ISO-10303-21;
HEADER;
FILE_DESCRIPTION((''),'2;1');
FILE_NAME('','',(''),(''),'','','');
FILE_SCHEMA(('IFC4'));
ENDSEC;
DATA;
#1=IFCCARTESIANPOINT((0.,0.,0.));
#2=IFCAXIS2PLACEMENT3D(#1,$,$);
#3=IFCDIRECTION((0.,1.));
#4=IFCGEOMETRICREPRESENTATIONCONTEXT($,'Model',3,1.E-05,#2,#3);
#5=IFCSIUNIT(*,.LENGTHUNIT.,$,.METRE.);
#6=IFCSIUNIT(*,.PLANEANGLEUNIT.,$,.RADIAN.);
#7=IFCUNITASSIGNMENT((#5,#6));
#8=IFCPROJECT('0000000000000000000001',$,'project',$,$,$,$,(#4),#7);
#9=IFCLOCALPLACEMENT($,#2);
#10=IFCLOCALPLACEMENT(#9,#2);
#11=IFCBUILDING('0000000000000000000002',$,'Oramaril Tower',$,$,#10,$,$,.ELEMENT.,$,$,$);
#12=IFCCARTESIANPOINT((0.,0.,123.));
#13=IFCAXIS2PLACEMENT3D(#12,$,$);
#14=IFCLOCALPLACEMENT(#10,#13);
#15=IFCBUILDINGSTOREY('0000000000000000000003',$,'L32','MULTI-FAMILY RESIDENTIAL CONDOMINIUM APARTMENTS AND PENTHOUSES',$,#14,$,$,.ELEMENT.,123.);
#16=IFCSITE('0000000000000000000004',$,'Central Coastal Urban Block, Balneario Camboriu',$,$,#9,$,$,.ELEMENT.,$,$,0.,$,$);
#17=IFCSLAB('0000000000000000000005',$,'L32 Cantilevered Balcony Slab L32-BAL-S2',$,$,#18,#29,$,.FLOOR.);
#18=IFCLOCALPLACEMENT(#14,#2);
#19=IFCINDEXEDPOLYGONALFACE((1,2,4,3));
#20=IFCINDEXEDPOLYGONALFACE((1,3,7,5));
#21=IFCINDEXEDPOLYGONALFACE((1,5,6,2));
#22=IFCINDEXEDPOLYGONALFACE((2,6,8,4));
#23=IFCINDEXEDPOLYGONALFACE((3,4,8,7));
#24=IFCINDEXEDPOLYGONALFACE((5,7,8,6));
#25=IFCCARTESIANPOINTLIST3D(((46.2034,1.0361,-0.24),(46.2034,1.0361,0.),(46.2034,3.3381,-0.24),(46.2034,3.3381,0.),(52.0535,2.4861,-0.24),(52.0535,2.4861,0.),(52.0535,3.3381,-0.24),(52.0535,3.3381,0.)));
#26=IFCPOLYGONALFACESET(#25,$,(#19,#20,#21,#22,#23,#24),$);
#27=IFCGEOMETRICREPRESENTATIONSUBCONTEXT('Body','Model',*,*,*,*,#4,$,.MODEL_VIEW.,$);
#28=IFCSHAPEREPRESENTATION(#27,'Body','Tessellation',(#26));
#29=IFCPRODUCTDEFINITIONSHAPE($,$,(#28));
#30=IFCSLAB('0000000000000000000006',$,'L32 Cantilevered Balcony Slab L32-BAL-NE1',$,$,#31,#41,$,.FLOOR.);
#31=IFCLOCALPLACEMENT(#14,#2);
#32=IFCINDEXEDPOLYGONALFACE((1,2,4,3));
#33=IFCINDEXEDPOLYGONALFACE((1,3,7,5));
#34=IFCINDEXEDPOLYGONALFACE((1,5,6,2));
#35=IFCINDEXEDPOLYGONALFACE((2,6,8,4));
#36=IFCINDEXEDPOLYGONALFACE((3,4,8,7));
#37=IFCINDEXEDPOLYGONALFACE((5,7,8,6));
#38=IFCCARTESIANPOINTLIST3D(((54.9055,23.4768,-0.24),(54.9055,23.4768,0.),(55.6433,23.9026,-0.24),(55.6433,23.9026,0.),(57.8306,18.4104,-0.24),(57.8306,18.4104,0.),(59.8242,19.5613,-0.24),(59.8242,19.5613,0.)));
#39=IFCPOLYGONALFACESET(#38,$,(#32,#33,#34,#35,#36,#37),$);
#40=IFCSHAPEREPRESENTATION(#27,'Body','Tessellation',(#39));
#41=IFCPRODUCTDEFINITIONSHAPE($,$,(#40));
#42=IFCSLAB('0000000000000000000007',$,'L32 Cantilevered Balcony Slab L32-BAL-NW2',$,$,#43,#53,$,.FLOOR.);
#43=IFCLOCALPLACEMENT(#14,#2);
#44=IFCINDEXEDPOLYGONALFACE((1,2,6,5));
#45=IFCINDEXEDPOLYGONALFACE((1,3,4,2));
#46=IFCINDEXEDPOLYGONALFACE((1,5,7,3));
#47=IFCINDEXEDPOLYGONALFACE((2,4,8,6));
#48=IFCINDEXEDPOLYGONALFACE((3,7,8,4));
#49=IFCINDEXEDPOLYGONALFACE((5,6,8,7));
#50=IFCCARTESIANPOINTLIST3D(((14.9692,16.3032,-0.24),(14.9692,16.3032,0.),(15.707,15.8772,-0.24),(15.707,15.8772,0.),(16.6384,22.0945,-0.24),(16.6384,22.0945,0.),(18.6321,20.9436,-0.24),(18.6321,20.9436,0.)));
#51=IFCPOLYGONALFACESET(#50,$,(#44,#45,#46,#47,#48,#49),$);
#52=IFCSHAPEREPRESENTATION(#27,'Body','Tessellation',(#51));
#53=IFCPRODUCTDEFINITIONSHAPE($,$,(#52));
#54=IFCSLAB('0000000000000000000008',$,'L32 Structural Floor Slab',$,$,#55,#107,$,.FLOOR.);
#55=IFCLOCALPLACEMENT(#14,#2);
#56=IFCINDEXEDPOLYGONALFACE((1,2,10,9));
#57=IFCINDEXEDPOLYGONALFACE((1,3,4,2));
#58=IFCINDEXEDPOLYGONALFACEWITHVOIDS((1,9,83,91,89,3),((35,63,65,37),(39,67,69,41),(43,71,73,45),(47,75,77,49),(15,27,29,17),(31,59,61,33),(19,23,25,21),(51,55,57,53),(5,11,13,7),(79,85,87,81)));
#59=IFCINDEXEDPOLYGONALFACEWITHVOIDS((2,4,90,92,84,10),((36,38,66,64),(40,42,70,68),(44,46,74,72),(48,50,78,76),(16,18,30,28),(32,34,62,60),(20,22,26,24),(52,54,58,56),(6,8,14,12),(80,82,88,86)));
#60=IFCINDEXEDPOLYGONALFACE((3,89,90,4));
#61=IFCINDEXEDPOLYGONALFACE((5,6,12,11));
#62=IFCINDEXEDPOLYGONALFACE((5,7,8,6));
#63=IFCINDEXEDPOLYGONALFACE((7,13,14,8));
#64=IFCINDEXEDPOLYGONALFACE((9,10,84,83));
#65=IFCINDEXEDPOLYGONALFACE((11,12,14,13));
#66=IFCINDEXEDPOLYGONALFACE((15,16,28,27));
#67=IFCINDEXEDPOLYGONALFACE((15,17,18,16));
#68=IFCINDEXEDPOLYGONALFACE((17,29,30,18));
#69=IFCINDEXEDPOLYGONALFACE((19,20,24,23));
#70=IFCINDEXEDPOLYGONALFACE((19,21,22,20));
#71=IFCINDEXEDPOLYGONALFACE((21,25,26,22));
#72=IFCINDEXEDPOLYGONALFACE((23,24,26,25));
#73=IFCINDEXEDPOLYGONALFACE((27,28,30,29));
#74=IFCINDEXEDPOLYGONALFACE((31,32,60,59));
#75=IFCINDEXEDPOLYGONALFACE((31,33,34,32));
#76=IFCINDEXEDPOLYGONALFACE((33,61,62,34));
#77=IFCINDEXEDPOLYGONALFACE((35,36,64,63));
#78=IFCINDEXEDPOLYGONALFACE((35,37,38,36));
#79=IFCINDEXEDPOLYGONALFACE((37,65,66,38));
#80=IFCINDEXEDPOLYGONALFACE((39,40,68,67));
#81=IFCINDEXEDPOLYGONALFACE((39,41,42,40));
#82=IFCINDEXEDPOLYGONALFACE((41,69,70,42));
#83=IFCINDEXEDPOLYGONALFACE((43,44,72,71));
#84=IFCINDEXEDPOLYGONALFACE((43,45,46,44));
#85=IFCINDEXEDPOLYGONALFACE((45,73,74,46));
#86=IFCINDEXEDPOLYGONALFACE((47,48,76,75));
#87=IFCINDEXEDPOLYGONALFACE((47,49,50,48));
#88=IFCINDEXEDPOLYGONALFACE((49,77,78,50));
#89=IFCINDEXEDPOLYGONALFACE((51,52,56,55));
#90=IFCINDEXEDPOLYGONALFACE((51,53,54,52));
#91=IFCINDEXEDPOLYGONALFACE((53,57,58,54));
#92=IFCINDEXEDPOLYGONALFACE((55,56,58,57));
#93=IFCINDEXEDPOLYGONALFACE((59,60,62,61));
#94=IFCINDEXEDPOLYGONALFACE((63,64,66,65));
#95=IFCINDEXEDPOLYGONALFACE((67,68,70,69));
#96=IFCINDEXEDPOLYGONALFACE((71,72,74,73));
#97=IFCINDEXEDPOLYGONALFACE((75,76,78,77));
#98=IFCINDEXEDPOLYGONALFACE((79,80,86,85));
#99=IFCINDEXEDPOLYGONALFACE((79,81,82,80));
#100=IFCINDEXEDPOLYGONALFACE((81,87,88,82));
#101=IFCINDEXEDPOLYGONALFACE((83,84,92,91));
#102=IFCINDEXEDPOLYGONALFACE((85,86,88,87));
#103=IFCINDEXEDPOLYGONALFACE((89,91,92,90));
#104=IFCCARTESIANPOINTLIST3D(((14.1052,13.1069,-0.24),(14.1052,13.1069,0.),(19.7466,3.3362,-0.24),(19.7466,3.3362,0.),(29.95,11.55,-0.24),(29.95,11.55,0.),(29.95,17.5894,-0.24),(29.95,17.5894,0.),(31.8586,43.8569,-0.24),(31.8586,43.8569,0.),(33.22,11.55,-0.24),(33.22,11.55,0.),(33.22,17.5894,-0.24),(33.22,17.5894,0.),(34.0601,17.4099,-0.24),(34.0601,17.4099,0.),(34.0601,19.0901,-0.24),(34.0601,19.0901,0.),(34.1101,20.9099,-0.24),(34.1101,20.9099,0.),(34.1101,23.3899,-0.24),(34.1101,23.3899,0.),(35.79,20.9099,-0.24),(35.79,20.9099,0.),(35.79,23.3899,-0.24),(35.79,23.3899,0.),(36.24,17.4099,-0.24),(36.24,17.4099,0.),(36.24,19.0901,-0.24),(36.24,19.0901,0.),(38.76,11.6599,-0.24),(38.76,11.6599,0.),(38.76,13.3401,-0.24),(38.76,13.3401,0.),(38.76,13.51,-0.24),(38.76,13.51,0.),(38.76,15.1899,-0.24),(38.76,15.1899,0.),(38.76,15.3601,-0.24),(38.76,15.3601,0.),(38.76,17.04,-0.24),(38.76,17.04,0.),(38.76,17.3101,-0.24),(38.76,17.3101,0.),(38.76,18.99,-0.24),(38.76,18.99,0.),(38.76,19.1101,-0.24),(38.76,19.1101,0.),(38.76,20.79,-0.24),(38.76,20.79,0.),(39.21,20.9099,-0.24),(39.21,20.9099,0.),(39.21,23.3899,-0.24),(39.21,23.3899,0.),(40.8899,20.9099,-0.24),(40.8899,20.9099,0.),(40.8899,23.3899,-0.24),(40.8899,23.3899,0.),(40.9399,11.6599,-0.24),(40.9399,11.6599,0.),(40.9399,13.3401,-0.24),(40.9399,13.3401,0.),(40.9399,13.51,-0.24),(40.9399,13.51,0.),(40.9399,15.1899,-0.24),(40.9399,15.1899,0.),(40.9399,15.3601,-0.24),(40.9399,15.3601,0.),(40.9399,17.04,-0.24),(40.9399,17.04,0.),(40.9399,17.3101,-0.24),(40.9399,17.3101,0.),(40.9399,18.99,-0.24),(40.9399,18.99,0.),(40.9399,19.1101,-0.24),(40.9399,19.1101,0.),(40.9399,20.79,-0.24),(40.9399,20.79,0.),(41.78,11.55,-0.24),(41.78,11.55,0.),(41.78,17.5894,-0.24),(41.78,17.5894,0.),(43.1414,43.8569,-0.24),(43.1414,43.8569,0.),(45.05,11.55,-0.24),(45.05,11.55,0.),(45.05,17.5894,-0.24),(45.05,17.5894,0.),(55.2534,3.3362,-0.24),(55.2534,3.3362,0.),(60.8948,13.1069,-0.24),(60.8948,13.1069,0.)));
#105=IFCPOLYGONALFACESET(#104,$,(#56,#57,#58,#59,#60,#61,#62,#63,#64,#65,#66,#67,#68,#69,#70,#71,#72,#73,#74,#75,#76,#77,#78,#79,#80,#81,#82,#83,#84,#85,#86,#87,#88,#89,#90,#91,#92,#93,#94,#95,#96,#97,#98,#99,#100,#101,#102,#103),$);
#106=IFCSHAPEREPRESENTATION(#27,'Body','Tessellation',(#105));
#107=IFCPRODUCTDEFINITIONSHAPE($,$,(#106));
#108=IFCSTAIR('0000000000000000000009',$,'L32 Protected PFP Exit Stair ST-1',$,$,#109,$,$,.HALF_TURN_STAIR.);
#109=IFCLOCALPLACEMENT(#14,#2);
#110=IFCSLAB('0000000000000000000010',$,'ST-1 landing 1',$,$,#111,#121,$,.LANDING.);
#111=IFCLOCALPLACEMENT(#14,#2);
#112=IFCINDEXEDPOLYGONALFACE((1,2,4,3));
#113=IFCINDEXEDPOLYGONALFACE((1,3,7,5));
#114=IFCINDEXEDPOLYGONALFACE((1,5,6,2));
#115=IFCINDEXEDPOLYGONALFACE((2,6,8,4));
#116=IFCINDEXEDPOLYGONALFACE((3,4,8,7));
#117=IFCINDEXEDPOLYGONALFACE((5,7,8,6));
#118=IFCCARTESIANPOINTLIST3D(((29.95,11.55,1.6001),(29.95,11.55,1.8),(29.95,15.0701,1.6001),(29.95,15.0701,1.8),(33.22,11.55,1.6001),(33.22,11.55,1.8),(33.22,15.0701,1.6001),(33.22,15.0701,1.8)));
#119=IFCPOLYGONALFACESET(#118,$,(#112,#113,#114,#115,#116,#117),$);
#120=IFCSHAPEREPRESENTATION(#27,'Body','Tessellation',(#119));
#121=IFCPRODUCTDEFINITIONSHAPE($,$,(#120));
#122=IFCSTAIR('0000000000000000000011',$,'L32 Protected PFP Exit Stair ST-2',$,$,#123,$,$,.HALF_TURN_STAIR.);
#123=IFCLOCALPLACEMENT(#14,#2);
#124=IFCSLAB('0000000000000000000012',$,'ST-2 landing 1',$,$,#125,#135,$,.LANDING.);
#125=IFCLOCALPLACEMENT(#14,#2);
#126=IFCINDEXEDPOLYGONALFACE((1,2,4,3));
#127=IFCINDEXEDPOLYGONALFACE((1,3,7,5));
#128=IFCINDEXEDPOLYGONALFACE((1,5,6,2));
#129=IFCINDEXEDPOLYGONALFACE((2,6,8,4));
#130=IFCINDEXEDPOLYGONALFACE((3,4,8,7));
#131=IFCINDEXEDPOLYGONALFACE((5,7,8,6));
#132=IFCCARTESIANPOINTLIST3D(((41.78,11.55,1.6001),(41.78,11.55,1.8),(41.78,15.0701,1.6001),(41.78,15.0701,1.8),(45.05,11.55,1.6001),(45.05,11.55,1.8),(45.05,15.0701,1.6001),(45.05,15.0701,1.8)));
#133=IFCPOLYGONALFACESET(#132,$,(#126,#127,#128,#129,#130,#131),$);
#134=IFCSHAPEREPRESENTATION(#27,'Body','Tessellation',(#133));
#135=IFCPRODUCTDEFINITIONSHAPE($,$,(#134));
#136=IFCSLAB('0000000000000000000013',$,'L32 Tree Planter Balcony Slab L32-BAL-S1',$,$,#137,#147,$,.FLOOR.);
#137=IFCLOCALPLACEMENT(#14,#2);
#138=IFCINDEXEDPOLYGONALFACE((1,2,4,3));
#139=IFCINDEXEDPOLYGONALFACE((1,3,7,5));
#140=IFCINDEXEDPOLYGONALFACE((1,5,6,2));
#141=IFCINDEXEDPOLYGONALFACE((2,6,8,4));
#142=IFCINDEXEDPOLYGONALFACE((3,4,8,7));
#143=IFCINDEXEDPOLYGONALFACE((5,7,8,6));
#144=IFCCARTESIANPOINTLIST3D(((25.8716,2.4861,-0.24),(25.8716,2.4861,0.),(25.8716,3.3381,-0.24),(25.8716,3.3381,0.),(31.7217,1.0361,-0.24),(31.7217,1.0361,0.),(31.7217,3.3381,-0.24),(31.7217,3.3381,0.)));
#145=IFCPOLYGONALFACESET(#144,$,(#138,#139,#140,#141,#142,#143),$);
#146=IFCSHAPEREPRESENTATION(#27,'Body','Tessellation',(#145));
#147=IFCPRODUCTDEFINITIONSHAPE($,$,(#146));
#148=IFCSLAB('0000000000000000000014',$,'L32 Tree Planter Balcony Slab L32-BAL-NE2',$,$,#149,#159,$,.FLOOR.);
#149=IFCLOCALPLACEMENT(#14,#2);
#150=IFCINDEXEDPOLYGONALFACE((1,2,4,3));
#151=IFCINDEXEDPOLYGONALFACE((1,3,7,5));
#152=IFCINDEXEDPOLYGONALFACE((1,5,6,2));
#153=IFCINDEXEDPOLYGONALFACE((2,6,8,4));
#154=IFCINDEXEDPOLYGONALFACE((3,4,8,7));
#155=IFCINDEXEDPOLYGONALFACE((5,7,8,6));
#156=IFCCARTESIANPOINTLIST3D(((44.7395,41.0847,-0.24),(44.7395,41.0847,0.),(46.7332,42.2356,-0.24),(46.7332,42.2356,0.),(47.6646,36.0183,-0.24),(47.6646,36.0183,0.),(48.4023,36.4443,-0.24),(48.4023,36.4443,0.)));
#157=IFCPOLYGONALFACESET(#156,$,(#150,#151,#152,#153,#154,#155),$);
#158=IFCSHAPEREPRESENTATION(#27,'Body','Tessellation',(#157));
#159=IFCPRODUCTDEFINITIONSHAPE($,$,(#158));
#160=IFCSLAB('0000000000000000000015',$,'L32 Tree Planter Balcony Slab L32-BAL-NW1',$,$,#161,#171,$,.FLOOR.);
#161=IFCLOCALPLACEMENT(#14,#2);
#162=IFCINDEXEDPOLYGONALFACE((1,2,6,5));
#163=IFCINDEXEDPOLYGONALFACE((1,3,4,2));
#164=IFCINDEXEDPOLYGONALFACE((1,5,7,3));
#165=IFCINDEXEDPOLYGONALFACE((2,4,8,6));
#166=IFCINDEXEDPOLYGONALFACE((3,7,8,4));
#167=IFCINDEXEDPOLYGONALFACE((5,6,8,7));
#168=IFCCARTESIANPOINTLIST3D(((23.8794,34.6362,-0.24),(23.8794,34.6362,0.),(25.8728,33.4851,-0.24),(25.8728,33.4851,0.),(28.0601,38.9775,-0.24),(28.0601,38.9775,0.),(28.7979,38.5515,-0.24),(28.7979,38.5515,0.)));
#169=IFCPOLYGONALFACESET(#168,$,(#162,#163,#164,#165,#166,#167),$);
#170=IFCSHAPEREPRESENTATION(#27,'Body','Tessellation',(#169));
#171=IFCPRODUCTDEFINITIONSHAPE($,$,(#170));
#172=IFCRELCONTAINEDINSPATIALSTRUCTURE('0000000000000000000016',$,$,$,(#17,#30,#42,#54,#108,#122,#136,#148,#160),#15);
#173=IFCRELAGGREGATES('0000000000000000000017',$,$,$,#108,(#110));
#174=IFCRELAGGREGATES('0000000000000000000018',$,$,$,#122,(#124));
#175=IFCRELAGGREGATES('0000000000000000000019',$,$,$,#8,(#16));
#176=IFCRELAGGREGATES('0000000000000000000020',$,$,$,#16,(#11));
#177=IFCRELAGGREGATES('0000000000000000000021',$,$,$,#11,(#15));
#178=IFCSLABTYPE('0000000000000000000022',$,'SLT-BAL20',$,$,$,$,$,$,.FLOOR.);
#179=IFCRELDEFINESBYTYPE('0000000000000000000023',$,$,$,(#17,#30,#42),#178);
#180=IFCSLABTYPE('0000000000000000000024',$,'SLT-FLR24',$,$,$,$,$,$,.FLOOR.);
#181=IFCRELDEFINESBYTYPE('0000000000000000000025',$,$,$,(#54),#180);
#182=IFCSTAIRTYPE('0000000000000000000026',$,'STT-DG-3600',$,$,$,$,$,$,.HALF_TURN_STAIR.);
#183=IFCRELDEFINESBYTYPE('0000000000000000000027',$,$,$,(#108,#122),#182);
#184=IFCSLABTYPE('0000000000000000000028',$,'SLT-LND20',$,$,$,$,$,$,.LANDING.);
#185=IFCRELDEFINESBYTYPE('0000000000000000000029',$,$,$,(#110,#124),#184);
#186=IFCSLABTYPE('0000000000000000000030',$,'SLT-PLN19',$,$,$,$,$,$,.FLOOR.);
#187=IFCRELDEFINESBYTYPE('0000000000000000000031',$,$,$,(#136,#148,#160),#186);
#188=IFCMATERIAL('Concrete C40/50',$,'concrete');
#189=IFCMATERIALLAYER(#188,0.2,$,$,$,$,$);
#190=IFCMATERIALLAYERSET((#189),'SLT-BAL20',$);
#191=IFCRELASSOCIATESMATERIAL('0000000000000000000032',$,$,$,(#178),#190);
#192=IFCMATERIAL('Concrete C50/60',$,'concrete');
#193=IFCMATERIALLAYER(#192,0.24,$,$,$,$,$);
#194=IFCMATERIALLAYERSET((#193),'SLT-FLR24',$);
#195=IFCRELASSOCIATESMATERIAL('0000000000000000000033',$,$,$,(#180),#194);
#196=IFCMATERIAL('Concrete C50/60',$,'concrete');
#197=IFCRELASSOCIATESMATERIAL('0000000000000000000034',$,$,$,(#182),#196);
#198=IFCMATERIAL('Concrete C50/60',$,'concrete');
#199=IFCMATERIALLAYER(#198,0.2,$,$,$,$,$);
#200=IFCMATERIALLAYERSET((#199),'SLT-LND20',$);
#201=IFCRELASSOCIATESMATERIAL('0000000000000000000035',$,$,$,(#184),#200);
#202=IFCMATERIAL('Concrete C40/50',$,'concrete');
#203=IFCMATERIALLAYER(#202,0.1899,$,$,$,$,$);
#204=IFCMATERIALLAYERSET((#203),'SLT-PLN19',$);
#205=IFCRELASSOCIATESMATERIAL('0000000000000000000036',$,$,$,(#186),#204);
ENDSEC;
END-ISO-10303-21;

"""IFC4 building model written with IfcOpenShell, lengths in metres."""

from ifc_helpers import new_model, si_unit, direction, frame, origin, place, context, subcontext, project, spatial, polyline, outline, extrude, material, layer, layer_set, type_object, element, aggregate, save


model = new_model("IFC4")

# Units and contexts
model_context = context("Model", 3, precision=1e-05, world=origin(), true_north=direction((0.0, 1.0)))
body_context = subcontext(model_context, "Body", "Model", "MODEL_VIEW")
ifc_project = project(units=[si_unit("LENGTHUNIT", "METRE"), si_unit("PLANEANGLEUNIT", "RADIAN")], contexts=[model_context])

# Site, building, storey
site_placement = place(None, origin())
site = spatial("IfcSite", under=ifc_project, at=site_placement, Name="Central Coastal Urban Block, Balneario Camboriu", CompositionType="ELEMENT", RefElevation=0.0)
building_placement = place(site_placement, origin())
building = spatial("IfcBuilding", under=site, at=building_placement, Name="Oramaril Tower", CompositionType="ELEMENT")
storey_placement = place(building_placement, frame((0.0, 0.0, 123.0)))
storey = spatial("IfcBuildingStorey", under=building, at=storey_placement, Name="L32", Description="MULTI-FAMILY RESIDENTIAL CONDOMINIUM APARTMENTS AND PENTHOUSES", CompositionType="ELEMENT", Elevation=123.0)

# Slabs
ifc_material_1 = material(Name="Concrete C40/50", Category="concrete")
ifc_layer_1 = layer(ifc_material_1, 0.2)
ifc_layer_set_1 = layer_set([ifc_layer_1], Name="SLT-BAL20")
slab_type_1 = type_object("IfcSlabType", Name="SLT-BAL20", PredefinedType="FLOOR", material=ifc_layer_set_1)
slab_1_placement = place(storey_placement, frame((0.0, 0.0, -0.24)))
element("IfcSlab", 1, at=slab_1_placement, inside=storey, type_object=slab_type_1, Name="L32 Cantilevered Balcony Slab L32-BAL-S2", PredefinedType="FLOOR", context=body_context, shape_type="SweptSolid", body=[
    extrude(outline(polyline([(46.2034, 3.3381), (52.0535, 3.3381), (52.0535, 2.4861), (46.2034, 1.0361), (46.2034, 3.3381)])), origin(), (0.0, 0.0, 1.0), 0.24),
])
slab_2_placement = place(storey_placement, frame((0.0, 0.0, -0.24)))
element("IfcSlab", 2, at=slab_2_placement, inside=storey, type_object=slab_type_1, Name="L32 Cantilevered Balcony Slab L32-BAL-NE1", PredefinedType="FLOOR", context=body_context, shape_type="SweptSolid", body=[
    extrude(outline(polyline([(57.8306, 18.4104), (54.9055, 23.4768), (55.6433, 23.9026), (59.8242, 19.5613), (57.8306, 18.4104)])), origin(), (0.0, 0.0, 1.0), 0.24),
])
slab_3_placement = place(storey_placement, frame((0.0, 0.0, -0.24)))
element("IfcSlab", 3, at=slab_3_placement, inside=storey, type_object=slab_type_1, Name="L32 Cantilevered Balcony Slab L32-BAL-NW2", PredefinedType="FLOOR", context=body_context, shape_type="SweptSolid", body=[
    extrude(outline(polyline([(18.6321, 20.9436), (15.707, 15.8772), (14.9692, 16.3032), (16.6384, 22.0945), (18.6321, 20.9436)])), origin(), (0.0, 0.0, 1.0), 0.24),
])
ifc_material_2 = material(Name="Concrete C50/60", Category="concrete")
ifc_layer_2 = layer(ifc_material_2, 0.24)
ifc_layer_set_2 = layer_set([ifc_layer_2], Name="SLT-FLR24")
slab_type_2 = type_object("IfcSlabType", Name="SLT-FLR24", PredefinedType="FLOOR", material=ifc_layer_set_2)
slab_4_placement = place(storey_placement, frame((0.0, 0.0, -0.24)))
element("IfcSlab", 4, at=slab_4_placement, inside=storey, type_object=slab_type_2, Name="L32 Structural Floor Slab", PredefinedType="FLOOR", context=body_context, shape_type="SweptSolid", body=[
    extrude(outline(polyline([(14.1052, 13.1069), (19.7466, 3.3362), (55.2534, 3.3362), (60.8948, 13.1069), (43.1414, 43.8569), (31.8586, 43.8569), (14.1052, 13.1069)]), holes=[polyline([(29.95, 17.5894), (29.95, 11.55), (33.22, 11.55), (33.22, 17.5894), (29.95, 17.5894)]), polyline([(41.78, 17.5894), (41.78, 11.55), (45.05, 11.55), (45.05, 17.5894), (41.78, 17.5894)]), polyline([(34.1101, 20.9099), (35.79, 20.9099), (35.79, 23.3899), (34.1101, 23.3899), (34.1101, 20.9099)]), polyline([(39.21, 20.9099), (40.8899, 20.9099), (40.8899, 23.3899), (39.21, 23.3899), (39.21, 20.9099)]), polyline([(38.76, 11.6599), (40.9399, 11.6599), (40.9399, 13.3401), (38.76, 13.3401), (38.76, 11.6599)]), polyline([(38.76, 13.51), (40.9399, 13.51), (40.9399, 15.1899), (38.76, 15.1899), (38.76, 13.51)]), polyline([(38.76, 15.3601), (40.9399, 15.3601), (40.9399, 17.04), (38.76, 17.04), (38.76, 15.3601)]), polyline([(34.0601, 17.4099), (36.24, 17.4099), (36.24, 19.0901), (34.0601, 19.0901), (34.0601, 17.4099)]), polyline([(38.76, 17.3101), (40.9399, 17.3101), (40.9399, 18.99), (38.76, 18.99), (38.76, 17.3101)]), polyline([(38.76, 19.1101), (40.9399, 19.1101), (40.9399, 20.79), (38.76, 20.79), (38.76, 19.1101)])]), origin(), (0.0, 0.0, 1.0), 0.24),
])

# Stairs, slabs
ifc_material_3 = material(Name="Concrete C50/60", Category="concrete")
stair_type = type_object("IfcStairType", Name="STT-DG-3600", PredefinedType="HALF_TURN_STAIR", material=ifc_material_3)
stair_1_placement = place(storey_placement, origin())
stair_1 = element("IfcStair", 5, at=stair_1_placement, inside=storey, type_object=stair_type, Name="L32 Protected PFP Exit Stair ST-1", PredefinedType="HALF_TURN_STAIR")
ifc_material_4 = material(Name="Concrete C50/60", Category="concrete")
ifc_layer_3 = layer(ifc_material_4, 0.2)
ifc_layer_set_3 = layer_set([ifc_layer_3], Name="SLT-LND20")
slab_type_3 = type_object("IfcSlabType", Name="SLT-LND20", PredefinedType="LANDING", material=ifc_layer_set_3)
slab_5_placement = place(storey_placement, frame((0.0, 0.0, 1.6001)))
slab_5 = element("IfcSlab", 6, at=slab_5_placement, type_object=slab_type_3, Name="ST-1 landing 1", PredefinedType="LANDING", context=body_context, shape_type="SweptSolid", body=[
    extrude(outline(polyline([(29.95, 15.0701), (29.95, 11.55), (33.22, 11.55), (33.22, 15.0701), (29.95, 15.0701)])), origin(), (0.0, 0.0, 1.0), 0.2),
])
aggregate(stair_1, [slab_5])
stair_2_placement = place(storey_placement, origin())
stair_2 = element("IfcStair", 7, at=stair_2_placement, inside=storey, type_object=stair_type, Name="L32 Protected PFP Exit Stair ST-2", PredefinedType="HALF_TURN_STAIR")
slab_6_placement = place(storey_placement, frame((0.0, 0.0, 1.6001)))
slab_6 = element("IfcSlab", 8, at=slab_6_placement, type_object=slab_type_3, Name="ST-2 landing 1", PredefinedType="LANDING", context=body_context, shape_type="SweptSolid", body=[
    extrude(outline(polyline([(41.78, 15.0701), (41.78, 11.55), (45.05, 11.55), (45.05, 15.0701), (41.78, 15.0701)])), origin(), (0.0, 0.0, 1.0), 0.2),
])
aggregate(stair_2, [slab_6])

# Slabs
ifc_material_5 = material(Name="Concrete C40/50", Category="concrete")
ifc_layer_4 = layer(ifc_material_5, 0.1899)
ifc_layer_set_4 = layer_set([ifc_layer_4], Name="SLT-PLN19")
slab_type_4 = type_object("IfcSlabType", Name="SLT-PLN19", PredefinedType="FLOOR", material=ifc_layer_set_4)
slab_7_placement = place(storey_placement, frame((0.0, 0.0, -0.24)))
element("IfcSlab", 9, at=slab_7_placement, inside=storey, type_object=slab_type_4, Name="L32 Tree Planter Balcony Slab L32-BAL-S1", PredefinedType="FLOOR", context=body_context, shape_type="SweptSolid", body=[
    extrude(outline(polyline([(25.8716, 3.3381), (31.7217, 3.3381), (31.7217, 1.0361), (25.8716, 2.4861), (25.8716, 3.3381)])), origin(), (0.0, 0.0, 1.0), 0.24),
])
slab_8_placement = place(storey_placement, frame((0.0, 0.0, -0.24)))
element("IfcSlab", 10, at=slab_8_placement, inside=storey, type_object=slab_type_4, Name="L32 Tree Planter Balcony Slab L32-BAL-NE2", PredefinedType="FLOOR", context=body_context, shape_type="SweptSolid", body=[
    extrude(outline(polyline([(47.6646, 36.0183), (44.7395, 41.0847), (46.7332, 42.2356), (48.4023, 36.4443), (47.6646, 36.0183)])), origin(), (0.0, 0.0, 1.0), 0.24),
])
slab_9_placement = place(storey_placement, frame((0.0, 0.0, -0.24)))
element("IfcSlab", 11, at=slab_9_placement, inside=storey, type_object=slab_type_4, Name="L32 Tree Planter Balcony Slab L32-BAL-NW1", PredefinedType="FLOOR", context=body_context, shape_type="SweptSolid", body=[
    extrude(outline(polyline([(28.7979, 38.5515), (25.8728, 33.4851), (23.8794, 34.6362), (28.0601, 38.9775), (28.7979, 38.5515)])), origin(), (0.0, 0.0, 1.0), 0.24),
])

save(model, "model.ifc")
